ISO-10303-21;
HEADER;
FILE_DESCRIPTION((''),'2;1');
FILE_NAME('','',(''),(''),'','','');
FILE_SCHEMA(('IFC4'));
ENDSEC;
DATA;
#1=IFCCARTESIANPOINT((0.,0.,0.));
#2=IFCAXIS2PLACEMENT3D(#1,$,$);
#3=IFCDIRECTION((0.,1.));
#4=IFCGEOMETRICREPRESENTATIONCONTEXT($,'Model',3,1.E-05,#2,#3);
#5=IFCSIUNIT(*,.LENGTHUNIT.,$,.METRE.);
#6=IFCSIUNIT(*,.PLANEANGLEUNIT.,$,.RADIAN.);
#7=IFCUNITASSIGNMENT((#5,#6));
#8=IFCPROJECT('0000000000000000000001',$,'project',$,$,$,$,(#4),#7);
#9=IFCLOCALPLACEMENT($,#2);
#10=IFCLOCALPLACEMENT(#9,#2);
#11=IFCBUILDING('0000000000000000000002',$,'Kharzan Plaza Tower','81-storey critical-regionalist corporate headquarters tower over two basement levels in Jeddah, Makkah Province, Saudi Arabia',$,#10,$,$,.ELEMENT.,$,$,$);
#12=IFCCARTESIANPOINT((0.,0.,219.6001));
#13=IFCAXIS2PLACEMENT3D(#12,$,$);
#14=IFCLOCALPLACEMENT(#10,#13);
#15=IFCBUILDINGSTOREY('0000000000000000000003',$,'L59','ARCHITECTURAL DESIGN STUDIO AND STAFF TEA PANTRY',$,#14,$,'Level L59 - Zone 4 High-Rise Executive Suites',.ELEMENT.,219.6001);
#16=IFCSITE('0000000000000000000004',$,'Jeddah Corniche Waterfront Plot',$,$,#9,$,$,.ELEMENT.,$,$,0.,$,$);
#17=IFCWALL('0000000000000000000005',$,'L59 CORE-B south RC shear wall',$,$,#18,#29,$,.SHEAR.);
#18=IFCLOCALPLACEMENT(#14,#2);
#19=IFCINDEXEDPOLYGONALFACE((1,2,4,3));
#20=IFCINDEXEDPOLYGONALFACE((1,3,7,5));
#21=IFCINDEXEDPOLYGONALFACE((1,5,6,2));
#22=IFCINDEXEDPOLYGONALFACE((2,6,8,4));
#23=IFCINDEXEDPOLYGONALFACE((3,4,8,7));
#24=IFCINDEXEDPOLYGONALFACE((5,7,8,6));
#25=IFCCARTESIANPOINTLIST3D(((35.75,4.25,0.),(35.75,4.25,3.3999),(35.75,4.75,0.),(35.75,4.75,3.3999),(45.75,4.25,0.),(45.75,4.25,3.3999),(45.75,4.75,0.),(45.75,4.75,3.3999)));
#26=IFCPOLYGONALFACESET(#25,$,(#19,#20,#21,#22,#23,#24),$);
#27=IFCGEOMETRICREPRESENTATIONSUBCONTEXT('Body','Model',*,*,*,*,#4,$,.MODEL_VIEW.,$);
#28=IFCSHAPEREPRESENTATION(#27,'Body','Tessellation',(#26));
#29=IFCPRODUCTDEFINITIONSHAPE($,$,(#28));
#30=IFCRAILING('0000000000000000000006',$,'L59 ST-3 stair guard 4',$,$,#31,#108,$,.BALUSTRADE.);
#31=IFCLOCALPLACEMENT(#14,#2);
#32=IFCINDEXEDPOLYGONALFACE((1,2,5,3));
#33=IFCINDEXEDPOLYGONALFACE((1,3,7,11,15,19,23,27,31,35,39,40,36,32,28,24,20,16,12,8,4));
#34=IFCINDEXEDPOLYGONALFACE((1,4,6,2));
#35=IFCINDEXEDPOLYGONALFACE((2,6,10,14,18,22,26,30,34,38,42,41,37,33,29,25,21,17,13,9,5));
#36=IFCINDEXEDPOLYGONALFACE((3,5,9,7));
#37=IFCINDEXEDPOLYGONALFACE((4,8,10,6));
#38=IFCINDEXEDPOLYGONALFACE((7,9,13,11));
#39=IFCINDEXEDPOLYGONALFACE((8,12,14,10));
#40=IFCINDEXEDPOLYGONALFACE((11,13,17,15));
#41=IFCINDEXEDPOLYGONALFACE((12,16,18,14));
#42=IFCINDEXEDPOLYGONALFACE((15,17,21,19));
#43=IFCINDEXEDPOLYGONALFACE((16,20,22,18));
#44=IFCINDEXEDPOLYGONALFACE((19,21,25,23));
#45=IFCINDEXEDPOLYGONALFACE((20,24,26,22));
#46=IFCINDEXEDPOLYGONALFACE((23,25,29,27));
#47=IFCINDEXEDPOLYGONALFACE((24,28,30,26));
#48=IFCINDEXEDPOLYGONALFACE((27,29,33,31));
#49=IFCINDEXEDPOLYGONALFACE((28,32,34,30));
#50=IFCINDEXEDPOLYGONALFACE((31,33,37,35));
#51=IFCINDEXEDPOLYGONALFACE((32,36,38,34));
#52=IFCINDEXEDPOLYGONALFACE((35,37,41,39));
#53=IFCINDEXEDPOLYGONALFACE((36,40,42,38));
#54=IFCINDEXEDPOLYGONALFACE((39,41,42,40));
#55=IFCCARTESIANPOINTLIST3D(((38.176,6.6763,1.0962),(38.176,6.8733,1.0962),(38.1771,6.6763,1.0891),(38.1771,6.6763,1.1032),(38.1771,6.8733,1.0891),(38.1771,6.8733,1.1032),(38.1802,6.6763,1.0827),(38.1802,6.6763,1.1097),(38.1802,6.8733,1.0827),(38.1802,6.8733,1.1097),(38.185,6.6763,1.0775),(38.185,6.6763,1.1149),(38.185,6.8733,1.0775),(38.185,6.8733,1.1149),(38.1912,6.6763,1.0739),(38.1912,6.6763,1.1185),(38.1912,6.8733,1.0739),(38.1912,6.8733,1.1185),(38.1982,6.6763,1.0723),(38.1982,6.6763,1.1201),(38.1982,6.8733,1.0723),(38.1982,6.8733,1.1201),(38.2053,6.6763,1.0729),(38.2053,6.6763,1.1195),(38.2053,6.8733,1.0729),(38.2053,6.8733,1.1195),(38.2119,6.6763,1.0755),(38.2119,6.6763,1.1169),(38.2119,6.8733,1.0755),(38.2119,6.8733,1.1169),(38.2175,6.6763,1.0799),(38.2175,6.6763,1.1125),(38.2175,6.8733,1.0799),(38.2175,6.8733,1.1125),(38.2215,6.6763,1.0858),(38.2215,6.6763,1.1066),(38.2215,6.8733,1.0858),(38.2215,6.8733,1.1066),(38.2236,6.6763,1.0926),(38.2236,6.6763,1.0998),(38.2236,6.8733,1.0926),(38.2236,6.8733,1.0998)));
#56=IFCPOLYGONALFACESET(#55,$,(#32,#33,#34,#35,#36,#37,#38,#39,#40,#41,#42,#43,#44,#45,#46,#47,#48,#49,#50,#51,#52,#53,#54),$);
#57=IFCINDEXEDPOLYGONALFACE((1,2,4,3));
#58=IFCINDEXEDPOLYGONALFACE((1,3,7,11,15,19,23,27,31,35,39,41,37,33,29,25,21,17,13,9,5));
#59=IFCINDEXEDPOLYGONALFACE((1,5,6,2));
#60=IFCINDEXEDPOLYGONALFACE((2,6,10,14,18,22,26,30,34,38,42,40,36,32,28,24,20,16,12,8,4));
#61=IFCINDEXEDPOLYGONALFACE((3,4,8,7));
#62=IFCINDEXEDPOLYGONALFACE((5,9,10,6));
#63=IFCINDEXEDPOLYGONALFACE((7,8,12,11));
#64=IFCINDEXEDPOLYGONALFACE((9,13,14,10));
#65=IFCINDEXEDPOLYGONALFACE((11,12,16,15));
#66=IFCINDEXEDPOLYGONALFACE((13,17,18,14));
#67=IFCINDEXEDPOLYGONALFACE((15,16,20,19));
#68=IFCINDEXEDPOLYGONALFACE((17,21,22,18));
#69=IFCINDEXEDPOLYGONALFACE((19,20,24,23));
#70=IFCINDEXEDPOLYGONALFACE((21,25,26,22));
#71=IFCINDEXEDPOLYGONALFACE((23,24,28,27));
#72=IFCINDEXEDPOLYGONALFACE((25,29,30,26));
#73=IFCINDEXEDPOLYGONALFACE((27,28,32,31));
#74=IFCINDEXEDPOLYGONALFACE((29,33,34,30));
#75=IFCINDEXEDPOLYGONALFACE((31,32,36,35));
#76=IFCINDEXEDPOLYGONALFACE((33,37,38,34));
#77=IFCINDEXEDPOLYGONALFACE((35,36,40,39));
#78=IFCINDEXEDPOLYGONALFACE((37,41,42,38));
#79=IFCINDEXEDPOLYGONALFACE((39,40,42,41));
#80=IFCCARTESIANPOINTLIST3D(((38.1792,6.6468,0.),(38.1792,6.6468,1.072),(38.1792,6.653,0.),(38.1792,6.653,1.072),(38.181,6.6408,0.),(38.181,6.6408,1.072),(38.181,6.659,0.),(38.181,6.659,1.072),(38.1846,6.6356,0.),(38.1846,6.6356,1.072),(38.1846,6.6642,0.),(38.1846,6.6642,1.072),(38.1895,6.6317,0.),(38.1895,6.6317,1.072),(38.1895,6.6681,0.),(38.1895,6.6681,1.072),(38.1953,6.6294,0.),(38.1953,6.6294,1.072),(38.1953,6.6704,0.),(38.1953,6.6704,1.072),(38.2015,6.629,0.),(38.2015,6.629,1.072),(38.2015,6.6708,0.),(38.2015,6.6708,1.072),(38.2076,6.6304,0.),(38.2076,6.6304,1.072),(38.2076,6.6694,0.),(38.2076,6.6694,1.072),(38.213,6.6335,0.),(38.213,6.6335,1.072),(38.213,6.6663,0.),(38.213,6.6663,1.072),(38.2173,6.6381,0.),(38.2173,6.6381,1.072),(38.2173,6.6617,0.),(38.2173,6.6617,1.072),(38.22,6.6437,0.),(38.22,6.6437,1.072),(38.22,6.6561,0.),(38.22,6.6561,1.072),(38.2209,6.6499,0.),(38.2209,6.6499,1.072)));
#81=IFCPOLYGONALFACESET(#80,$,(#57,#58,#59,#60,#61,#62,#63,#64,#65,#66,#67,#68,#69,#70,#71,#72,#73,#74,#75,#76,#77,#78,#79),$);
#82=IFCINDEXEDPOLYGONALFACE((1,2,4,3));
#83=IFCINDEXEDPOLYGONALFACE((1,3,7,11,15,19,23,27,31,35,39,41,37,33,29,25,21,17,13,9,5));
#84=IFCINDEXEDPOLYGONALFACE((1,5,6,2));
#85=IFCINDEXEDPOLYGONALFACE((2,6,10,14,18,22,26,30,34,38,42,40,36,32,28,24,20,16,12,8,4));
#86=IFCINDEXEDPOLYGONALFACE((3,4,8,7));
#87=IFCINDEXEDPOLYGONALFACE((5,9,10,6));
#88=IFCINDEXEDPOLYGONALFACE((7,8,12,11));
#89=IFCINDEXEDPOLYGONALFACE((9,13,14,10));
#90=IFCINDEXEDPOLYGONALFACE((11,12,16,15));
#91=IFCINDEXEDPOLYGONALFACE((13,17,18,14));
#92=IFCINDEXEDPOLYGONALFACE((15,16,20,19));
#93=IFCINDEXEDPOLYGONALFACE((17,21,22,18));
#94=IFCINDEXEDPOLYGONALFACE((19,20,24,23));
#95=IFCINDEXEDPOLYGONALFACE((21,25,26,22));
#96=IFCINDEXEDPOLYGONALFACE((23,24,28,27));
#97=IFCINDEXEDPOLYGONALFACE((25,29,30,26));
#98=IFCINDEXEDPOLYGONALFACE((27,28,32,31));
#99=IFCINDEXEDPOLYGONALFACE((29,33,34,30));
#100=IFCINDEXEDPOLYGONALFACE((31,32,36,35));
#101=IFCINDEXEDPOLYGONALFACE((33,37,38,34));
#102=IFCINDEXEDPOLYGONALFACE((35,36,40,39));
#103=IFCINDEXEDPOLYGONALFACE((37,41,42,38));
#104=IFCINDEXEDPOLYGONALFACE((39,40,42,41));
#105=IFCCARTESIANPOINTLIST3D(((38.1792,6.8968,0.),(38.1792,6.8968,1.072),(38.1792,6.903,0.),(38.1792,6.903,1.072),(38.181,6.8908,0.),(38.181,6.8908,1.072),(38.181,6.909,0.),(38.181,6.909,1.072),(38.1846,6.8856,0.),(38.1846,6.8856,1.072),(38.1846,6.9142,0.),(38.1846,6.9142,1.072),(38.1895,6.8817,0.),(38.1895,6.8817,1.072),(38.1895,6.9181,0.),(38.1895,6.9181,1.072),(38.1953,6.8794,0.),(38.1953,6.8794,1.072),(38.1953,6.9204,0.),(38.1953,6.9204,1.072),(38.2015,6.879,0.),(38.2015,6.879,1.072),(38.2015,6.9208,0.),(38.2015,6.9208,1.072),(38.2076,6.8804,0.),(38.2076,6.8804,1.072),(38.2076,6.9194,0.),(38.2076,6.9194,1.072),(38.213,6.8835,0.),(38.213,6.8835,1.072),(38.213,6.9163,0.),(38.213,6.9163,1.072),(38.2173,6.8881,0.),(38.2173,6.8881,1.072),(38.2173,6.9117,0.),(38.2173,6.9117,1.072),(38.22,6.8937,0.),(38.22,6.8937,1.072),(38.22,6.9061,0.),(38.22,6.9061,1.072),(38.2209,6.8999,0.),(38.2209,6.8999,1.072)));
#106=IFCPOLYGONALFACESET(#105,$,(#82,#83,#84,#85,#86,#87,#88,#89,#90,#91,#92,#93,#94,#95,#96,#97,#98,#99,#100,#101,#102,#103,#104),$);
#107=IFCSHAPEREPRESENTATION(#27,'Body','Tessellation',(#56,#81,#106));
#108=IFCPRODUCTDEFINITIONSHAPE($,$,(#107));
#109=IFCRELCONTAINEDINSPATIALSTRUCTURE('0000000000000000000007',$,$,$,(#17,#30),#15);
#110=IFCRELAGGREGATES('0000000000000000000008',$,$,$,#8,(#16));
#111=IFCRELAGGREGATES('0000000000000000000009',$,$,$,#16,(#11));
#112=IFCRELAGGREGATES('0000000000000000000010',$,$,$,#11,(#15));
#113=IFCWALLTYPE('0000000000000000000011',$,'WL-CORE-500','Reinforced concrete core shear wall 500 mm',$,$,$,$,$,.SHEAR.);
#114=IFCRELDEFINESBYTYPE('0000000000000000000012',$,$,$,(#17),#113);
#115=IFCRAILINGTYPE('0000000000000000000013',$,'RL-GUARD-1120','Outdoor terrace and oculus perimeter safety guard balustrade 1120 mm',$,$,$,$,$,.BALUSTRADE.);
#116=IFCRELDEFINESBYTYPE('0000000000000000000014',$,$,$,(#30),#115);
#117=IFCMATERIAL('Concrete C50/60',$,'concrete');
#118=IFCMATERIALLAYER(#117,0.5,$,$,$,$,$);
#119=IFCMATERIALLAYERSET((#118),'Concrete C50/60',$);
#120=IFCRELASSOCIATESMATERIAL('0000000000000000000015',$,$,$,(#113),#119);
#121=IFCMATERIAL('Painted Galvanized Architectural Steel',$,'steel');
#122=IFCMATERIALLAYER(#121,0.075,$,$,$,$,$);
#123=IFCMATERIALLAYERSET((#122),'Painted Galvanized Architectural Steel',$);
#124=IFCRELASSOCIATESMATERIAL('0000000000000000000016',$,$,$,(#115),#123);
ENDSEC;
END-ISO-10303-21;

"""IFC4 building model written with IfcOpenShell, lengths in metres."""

from ifc_helpers import new_model, si_unit, direction, frame, frame_2d, origin, origin_2d, place, context, subcontext, project, spatial, rectangle, circle, extrude, source, transform, mapped, material, layer, layer_set, type_object, element, save


model = new_model("IFC4")

# Units and contexts
model_context = context("Model", 3, precision=1e-05, world=origin(), true_north=direction((0.0, 1.0)))
body_context = subcontext(model_context, "Body", "Model", "MODEL_VIEW")
ifc_project = project(units=[si_unit("LENGTHUNIT", "METRE"), si_unit("PLANEANGLEUNIT", "RADIAN")], contexts=[model_context])

# Site, building, storey
site_placement = place(None, origin())
site = spatial("IfcSite", under=ifc_project, at=site_placement, Name="Jeddah Corniche Waterfront Plot", CompositionType="ELEMENT", RefElevation=0.0)
building_placement = place(site_placement, origin())
building = spatial("IfcBuilding", under=site, at=building_placement, Name="Kharzan Plaza Tower", Description="81-storey critical-regionalist corporate headquarters tower over two basement levels in Jeddah, Makkah Province, Saudi Arabia", CompositionType="ELEMENT")
storey_placement = place(building_placement, frame((0.0, 0.0, 219.6001)))
storey = spatial("IfcBuildingStorey", under=building, at=storey_placement, Name="L59", Description="ARCHITECTURAL DESIGN STUDIO AND STAFF TEA PANTRY", LongName="Level L59 - Zone 4 High-Rise Executive Suites", CompositionType="ELEMENT", Elevation=219.6001)

# Shared definitions
ifc_material_1 = material(Name="Concrete C50/60", Category="concrete")

# Wall
ifc_layer_1 = layer(ifc_material_1, 0.5)
ifc_layer_set_1 = layer_set([ifc_layer_1], Name="Concrete C50/60")
wall_type_1 = type_object("IfcWallType", Name="WL-CORE-500", Description="Reinforced concrete core shear wall 500 mm", PredefinedType="SHEAR", material=ifc_layer_set_1)
shared_shape_1 = source(origin(), body_context, "Body", "SweptSolid", [
    extrude(rectangle(XDim=10.0, YDim=0.5, at=frame_2d((5.0, 0.0))), origin(), (0.0, 0.0, 1.0), 3.3999),
])
wall_1_placement = place(storey_placement, frame((35.75, 4.5, 0.0), z_axis=(0.0, 0.0, 1.0), x_axis=(1.0, 0.0, 0.0)))
element("IfcWall", 1, at=wall_1_placement, inside=storey, type_object=wall_type_1, Name="L59 CORE-B south RC shear wall", PredefinedType="SHEAR", context=body_context, shape_type="MappedRepresentation", body=[
    mapped(shared_shape_1, transform((0.0, 0.0, 0.0), x_axis=(1.0, 0.0, 0.0), y_axis=(0.0, 1.0, 0.0), z_axis=(0.0, 0.0, 1.0))),
])

# Railing
ifc_material_2 = material(Name="Painted Galvanized Architectural Steel", Category="steel")
ifc_layer_2 = layer(ifc_material_2, 0.075)
ifc_layer_set_2 = layer_set([ifc_layer_2], Name="Painted Galvanized Architectural Steel")
railing_type = type_object("IfcRailingType", Name="RL-GUARD-1120", Description="Outdoor terrace and oculus perimeter safety guard balustrade 1120 mm", PredefinedType="BALUSTRADE", material=ifc_layer_set_2)
shared_shape_2 = source(origin(), body_context, "Body", "SweptSolid", [
    extrude(circle(Radius=0.0239, at=origin_2d()), frame((0.0, 0.0264, 1.0962), z_axis=(0.0, 1.0, 0.0), x_axis=(-1.0, 0.0, 0.0)), (0.0, 0.0, 1.0), 0.197),
    extrude(circle(Radius=0.021, at=origin_2d()), origin(), (0.0, 0.0, 1.0), 1.072),
    extrude(circle(Radius=0.021, at=origin_2d()), frame((0.0, 0.25, 0.0)), (0.0, 0.0, 1.0), 1.072),
])
railing_1_placement = place(storey_placement, frame((38.2, 6.6499, 0.0)))
element("IfcRailing", 2, at=railing_1_placement, inside=storey, type_object=railing_type, Name="L59 ST-3 stair guard 4", PredefinedType="BALUSTRADE", context=body_context, shape_type="MappedRepresentation", body=[
    mapped(shared_shape_2, transform((0.0, 0.0, 0.0), x_axis=(1.0, 0.0, 0.0), y_axis=(0.0, 1.0, 0.0), z_axis=(0.0, 0.0, 1.0))),
])

save(model, "model.ifc")
